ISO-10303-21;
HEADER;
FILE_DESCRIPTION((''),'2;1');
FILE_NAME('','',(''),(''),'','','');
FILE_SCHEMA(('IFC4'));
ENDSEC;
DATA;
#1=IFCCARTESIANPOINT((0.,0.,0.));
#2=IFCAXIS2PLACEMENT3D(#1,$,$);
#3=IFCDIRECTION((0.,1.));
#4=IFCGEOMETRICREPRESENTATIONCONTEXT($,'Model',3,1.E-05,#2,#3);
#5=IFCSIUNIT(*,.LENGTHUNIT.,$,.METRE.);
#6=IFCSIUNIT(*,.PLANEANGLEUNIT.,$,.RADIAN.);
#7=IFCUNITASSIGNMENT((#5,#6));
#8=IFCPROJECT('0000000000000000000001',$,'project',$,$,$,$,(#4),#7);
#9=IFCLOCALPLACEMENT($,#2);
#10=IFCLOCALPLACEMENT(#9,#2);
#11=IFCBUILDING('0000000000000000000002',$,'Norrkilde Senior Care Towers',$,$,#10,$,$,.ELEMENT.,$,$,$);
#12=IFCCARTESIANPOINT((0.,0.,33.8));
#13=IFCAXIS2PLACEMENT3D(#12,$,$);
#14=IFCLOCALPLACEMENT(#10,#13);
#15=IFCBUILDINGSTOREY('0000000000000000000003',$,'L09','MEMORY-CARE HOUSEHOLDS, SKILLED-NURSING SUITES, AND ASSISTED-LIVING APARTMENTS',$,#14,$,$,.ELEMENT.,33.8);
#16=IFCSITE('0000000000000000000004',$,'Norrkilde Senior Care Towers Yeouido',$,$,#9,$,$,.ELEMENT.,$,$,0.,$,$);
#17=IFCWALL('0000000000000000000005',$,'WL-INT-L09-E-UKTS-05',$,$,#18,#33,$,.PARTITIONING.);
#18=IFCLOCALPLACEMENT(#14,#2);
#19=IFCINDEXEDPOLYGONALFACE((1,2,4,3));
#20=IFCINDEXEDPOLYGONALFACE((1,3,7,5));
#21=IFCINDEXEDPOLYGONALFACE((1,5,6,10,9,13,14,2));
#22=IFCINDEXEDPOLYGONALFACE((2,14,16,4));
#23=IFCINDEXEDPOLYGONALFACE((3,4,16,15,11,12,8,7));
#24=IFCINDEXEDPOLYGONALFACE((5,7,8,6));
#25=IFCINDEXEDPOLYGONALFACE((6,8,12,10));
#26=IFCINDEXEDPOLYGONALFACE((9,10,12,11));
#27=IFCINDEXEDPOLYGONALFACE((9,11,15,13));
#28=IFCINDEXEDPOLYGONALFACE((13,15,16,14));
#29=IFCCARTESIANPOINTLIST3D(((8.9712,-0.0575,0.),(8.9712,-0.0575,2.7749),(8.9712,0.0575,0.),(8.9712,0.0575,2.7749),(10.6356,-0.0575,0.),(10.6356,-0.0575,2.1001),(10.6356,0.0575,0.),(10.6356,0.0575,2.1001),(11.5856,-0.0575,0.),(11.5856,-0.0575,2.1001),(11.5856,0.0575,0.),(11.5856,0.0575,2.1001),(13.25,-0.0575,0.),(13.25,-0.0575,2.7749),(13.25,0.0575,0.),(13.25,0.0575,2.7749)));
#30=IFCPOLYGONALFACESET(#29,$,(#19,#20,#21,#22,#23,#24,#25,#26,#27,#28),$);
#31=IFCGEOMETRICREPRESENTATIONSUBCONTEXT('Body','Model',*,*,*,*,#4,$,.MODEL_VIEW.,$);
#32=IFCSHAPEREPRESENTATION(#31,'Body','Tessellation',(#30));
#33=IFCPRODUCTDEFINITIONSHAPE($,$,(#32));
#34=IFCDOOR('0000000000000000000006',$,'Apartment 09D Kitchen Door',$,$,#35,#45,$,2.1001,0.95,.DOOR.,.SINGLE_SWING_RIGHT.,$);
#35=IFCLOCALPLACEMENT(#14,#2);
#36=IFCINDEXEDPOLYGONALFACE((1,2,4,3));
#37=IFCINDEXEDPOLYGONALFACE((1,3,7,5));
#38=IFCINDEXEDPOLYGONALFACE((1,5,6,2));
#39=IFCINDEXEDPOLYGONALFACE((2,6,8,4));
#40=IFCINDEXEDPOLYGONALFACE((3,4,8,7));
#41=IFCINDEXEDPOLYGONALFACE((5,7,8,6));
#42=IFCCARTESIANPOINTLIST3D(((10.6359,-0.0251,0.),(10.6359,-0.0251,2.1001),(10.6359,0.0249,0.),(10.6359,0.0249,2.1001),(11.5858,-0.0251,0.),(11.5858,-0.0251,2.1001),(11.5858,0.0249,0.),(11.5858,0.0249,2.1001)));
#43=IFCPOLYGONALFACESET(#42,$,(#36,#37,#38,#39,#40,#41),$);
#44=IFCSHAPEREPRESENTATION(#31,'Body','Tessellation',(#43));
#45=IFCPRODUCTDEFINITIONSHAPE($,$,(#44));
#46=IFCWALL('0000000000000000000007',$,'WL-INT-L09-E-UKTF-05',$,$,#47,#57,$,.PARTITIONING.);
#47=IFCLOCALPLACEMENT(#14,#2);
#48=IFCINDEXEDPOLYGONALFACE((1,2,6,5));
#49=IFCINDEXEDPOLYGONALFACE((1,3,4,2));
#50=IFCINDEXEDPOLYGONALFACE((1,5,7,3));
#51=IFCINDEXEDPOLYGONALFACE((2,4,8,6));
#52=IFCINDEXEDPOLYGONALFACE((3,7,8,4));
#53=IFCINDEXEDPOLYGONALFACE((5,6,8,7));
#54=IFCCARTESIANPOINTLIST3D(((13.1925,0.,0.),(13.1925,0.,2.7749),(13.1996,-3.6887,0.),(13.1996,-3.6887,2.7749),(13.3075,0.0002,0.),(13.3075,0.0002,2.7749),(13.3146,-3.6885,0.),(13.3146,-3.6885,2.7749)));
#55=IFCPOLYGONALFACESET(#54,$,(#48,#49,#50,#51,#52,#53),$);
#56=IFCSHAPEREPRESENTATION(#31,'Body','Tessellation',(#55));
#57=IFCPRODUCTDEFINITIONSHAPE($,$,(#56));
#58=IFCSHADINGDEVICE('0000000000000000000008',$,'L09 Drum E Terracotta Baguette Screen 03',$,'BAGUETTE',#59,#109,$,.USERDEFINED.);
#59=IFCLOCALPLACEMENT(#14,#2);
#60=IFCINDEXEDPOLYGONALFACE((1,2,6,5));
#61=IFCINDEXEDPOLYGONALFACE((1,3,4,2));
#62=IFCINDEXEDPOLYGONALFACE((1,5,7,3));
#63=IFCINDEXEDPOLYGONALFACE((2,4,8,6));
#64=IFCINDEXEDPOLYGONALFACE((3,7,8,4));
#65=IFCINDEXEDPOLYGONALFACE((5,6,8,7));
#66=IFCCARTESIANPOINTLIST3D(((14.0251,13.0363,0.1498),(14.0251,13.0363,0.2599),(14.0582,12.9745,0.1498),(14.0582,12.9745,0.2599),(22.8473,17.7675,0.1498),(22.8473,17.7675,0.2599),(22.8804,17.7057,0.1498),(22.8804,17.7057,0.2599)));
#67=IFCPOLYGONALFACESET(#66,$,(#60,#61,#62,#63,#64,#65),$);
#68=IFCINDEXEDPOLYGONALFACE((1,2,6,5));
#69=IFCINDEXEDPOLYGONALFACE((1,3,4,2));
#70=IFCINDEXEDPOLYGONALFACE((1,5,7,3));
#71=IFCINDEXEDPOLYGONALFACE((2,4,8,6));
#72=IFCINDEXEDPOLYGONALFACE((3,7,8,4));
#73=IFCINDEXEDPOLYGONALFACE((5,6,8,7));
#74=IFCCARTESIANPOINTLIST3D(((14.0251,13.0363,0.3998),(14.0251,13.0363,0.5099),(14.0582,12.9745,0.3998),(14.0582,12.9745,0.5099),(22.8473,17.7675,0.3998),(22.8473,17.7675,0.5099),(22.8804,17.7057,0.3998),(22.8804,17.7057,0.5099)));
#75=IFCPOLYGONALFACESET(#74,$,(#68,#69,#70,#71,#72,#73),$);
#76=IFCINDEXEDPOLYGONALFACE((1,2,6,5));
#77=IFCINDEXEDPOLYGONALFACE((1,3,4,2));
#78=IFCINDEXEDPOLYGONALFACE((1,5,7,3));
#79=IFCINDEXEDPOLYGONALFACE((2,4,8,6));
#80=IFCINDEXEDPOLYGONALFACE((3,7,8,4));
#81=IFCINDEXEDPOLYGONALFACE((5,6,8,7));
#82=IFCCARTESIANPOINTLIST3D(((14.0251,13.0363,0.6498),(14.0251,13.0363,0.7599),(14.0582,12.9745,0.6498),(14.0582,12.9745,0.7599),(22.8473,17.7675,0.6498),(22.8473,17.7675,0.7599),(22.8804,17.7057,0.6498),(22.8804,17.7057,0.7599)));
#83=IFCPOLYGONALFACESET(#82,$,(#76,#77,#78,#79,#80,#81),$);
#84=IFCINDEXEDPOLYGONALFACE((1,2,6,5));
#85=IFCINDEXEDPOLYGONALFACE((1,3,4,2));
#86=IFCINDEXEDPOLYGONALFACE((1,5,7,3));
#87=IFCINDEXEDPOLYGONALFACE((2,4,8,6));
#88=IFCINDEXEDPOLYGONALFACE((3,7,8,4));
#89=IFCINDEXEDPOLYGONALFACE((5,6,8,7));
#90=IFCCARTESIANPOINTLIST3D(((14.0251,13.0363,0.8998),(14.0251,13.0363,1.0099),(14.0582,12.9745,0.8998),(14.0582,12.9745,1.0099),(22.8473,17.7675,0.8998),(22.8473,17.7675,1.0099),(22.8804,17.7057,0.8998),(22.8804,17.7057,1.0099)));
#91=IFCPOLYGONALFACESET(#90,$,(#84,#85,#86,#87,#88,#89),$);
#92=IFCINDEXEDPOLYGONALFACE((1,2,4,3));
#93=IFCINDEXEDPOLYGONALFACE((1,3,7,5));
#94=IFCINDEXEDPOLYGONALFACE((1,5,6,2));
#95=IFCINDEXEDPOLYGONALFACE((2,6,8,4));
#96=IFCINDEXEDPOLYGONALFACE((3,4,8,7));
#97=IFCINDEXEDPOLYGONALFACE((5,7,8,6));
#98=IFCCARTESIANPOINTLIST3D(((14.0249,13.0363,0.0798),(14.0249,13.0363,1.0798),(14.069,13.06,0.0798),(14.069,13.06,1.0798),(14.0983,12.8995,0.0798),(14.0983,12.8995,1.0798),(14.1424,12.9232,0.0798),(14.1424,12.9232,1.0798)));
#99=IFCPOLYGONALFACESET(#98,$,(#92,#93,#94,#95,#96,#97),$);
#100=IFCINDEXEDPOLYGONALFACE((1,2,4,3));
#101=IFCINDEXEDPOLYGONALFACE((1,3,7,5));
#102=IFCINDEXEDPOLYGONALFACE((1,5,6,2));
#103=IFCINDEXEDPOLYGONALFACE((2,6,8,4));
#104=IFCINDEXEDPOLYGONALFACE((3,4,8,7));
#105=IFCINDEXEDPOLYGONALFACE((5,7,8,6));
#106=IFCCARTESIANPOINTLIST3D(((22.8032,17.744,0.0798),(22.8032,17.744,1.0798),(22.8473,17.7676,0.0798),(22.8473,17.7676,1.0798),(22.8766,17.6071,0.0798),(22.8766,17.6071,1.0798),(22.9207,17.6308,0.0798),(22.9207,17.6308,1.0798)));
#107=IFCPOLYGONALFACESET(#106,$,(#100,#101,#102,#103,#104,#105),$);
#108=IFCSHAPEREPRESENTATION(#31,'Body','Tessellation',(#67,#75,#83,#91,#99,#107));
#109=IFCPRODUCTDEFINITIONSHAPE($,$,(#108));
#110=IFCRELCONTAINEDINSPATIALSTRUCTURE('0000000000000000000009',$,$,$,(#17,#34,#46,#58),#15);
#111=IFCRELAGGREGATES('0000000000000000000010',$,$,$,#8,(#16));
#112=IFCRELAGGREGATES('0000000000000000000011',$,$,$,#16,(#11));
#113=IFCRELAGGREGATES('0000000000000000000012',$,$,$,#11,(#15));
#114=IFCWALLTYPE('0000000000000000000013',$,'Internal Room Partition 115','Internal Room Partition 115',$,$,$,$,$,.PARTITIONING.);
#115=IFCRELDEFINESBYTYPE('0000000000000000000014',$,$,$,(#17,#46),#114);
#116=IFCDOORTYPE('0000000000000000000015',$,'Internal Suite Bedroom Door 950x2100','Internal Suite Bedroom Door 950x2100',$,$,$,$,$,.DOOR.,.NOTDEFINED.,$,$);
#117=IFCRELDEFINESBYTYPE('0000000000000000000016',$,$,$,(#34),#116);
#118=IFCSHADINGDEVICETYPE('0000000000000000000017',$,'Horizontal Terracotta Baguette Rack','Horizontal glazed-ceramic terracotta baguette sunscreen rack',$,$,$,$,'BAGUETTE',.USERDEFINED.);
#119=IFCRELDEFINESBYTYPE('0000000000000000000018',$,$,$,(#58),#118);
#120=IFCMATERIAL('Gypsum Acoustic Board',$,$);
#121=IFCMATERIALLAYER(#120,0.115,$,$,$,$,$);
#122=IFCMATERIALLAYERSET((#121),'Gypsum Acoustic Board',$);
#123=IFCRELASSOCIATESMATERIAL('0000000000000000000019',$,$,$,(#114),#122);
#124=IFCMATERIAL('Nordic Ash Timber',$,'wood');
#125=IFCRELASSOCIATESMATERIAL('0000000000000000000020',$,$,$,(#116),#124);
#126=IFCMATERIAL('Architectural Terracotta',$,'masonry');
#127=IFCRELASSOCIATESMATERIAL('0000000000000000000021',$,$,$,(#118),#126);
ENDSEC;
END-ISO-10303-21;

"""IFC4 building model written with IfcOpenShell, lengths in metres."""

from ifc_helpers import new_model, si_unit, direction, frame, frame_2d, origin, origin_2d, place, context, subcontext, project, spatial, rectangle, extrude, source, transform, mapped, material, layer, layer_set, type_object, type_shapes, element, fill, save


model = new_model("IFC4")

# Units and contexts
model_context = context("Model", 3, precision=1e-05, world=origin(), true_north=direction((0.0, 1.0)))
body_context = subcontext(model_context, "Body", "Model", "MODEL_VIEW")
ifc_project = project(units=[si_unit("LENGTHUNIT", "METRE"), si_unit("PLANEANGLEUNIT", "RADIAN")], contexts=[model_context])

# Site, building, storey
site_placement = place(None, origin())
site = spatial("IfcSite", under=ifc_project, at=site_placement, Name="Norrkilde Senior Care Towers Yeouido", CompositionType="ELEMENT", RefElevation=0.0)
building_placement = place(site_placement, origin())
building = spatial("IfcBuilding", under=site, at=building_placement, Name="Norrkilde Senior Care Towers", CompositionType="ELEMENT")
storey_placement = place(building_placement, frame((0.0, 0.0, 33.8)))
storey = spatial("IfcBuildingStorey", under=building, at=storey_placement, Name="L09", Description="MEMORY-CARE HOUSEHOLDS, SKILLED-NURSING SUITES, AND ASSISTED-LIVING APARTMENTS", CompositionType="ELEMENT", Elevation=33.8)

# Shared definitions
ifc_material_1 = material(Name="Gypsum Acoustic Board")
ifc_material_2 = material(Name="Nordic Ash Timber", Category="wood")

# Wall, opening, door
ifc_layer_1 = layer(ifc_material_1, 0.115)
ifc_layer_set_1 = layer_set([ifc_layer_1], Name="Gypsum Acoustic Board")
wall_type_1 = type_object("IfcWallType", Name="Internal Room Partition 115", Description="Internal Room Partition 115", PredefinedType="PARTITIONING", material=ifc_layer_set_1)
shared_shape_1 = source(origin(), body_context, "Body", "SweptSolid", [
    extrude(rectangle(XDim=4.2788, YDim=0.115, at=frame_2d((2.1394, 0.0))), origin(), (0.0, 0.0, 1.0), 2.7749),
])
wall_1_placement = place(storey_placement, frame((13.25, 0.0, 0.0), z_axis=(0.0, 0.0, 1.0), x_axis=(-1.0, 0.0, 0.0)))
wall_1 = element("IfcWall", 1, at=wall_1_placement, inside=storey, type_object=wall_type_1, Name="WL-INT-L09-E-UKTS-05", PredefinedType="PARTITIONING", context=body_context, shape_type="MappedRepresentation", body=[
    mapped(shared_shape_1, transform((0.0, 0.0, 0.0), x_axis=(1.0, 0.0, 0.0), y_axis=(0.0, 1.0, 0.0), z_axis=(0.0, 0.0, 1.0), scale=1.0)),
])
opening_1_placement = place(wall_1_placement, frame((1.6643, 0.0, 0.0)))
opening_1 = element("IfcOpeningElement", 2, at=opening_1_placement, cuts=wall_1, PredefinedType="OPENING", context=body_context, shape_type="SweptSolid", body=[
    extrude(rectangle(XDim=0.95, YDim=2.1001, at=frame_2d((0.4751, 1.05))), frame((0.0, 0.0674, 0.0), z_axis=(0.0, -1.0, 0.0), x_axis=(1.0, 0.0, 0.0)), (0.0, 0.0, 1.0), 0.135),
])
door_type_1 = type_object("IfcDoorType", Name="Internal Suite Bedroom Door 950x2100", Description="Internal Suite Bedroom Door 950x2100", OperationType="NOTDEFINED", PredefinedType="DOOR", material=ifc_material_2)
shared_shape_2 = source(origin(), body_context, "Body", "SweptSolid", [
    extrude(rectangle(XDim=0.95, YDim=2.1001, at=frame_2d((0.4751, 1.05))), frame((0.0, 0.0249, 0.0), z_axis=(0.0, -1.0, 0.0), x_axis=(1.0, 0.0, 0.0)), (0.0, 0.0, 1.0), 0.05),
])
type_shapes(door_type_1, [shared_shape_2])
door_1_placement = place(opening_1_placement, frame((0.95, 0.0, 0.0), z_axis=(0.0, 0.0, 1.0), x_axis=(-1.0, 0.0, 0.0)))
door_1 = element("IfcDoor", 3, at=door_1_placement, inside=storey, type_object=door_type_1, Name="Apartment 09D Kitchen Door", OperationType="SINGLE_SWING_RIGHT", OverallHeight=2.1001, OverallWidth=0.95, PredefinedType="DOOR", context=body_context, shape_type="MappedRepresentation", body=[
    mapped(shared_shape_2, transform((0.0, 0.0, 0.0), x_axis=(1.0, 0.0, 0.0), y_axis=(0.0, 1.0, 0.0), z_axis=(0.0, 0.0, 1.0), scale=1.0)),
])
fill(opening_1, door_1)

# Wall
shared_shape_3 = source(origin(), body_context, "Body", "SweptSolid", [
    extrude(rectangle(XDim=3.6887, YDim=0.115, at=frame_2d((1.8442, 0.0))), origin(), (0.0, 0.0, 1.0), 2.7749),
])
type_shapes(wall_type_1, [shared_shape_1, shared_shape_3])
wall_2_placement = place(storey_placement, frame((13.25, 0.0, 0.0), z_axis=(0.0, 0.0, 1.0), x_axis=(0.001919, -0.999998, 0.0)))
element("IfcWall", 4, at=wall_2_placement, inside=storey, type_object=wall_type_1, Name="WL-INT-L09-E-UKTF-05", PredefinedType="PARTITIONING", context=body_context, shape_type="MappedRepresentation", body=[
    mapped(shared_shape_3, transform((0.0, 0.0, 0.0), x_axis=(1.0, 0.0, 0.0), y_axis=(0.0, 1.0, 0.0), z_axis=(0.0, 0.0, 1.0), scale=1.0)),
])

# Shading device
ifc_material_3 = material(Name="Architectural Terracotta", Category="masonry")
shading_device_type = type_object("IfcShadingDeviceType", Name="Horizontal Terracotta Baguette Rack", Description="Horizontal glazed-ceramic terracotta baguette sunscreen rack", ElementType="BAGUETTE", PredefinedType="USERDEFINED", material=ifc_material_3)
shared_shape_4 = source(origin(), body_context, "Body", "SweptSolid", [
    extrude(rectangle(XDim=0.0701, YDim=0.1101, at=origin_2d()), frame((0.0, 0.0901, 0.125), z_axis=(1.0, 0.0, 0.0), x_axis=(0.0, 1.0, 0.0)), (0.0, 0.0, 1.0), 10.0107),
    extrude(rectangle(XDim=0.0701, YDim=0.1101, at=origin_2d()), frame((0.0, 0.0901, 0.375), z_axis=(1.0, 0.0, 0.0), x_axis=(0.0, 1.0, 0.0)), (0.0, 0.0, 1.0), 10.0107),
    extrude(rectangle(XDim=0.0701, YDim=0.1101, at=origin_2d()), frame((0.0, 0.0901, 0.625), z_axis=(1.0, 0.0, 0.0), x_axis=(0.0, 1.0, 0.0)), (0.0, 0.0, 1.0), 10.0107),
    extrude(rectangle(XDim=0.0701, YDim=0.1101, at=origin_2d()), frame((0.0, 0.0901, 0.875), z_axis=(1.0, 0.0, 0.0), x_axis=(0.0, 1.0, 0.0)), (0.0, 0.0, 1.0), 10.0107),
    extrude(rectangle(XDim=0.05, YDim=0.1553, at=origin_2d()), frame((0.0249, 0.0476, 0.0)), (0.0, 0.0, 1.0), 1.0),
    extrude(rectangle(XDim=0.05, YDim=0.1553, at=origin_2d()), frame((9.9858, 0.0476, 0.0)), (0.0, 0.0, 1.0), 1.0),
])
type_shapes(shading_device_type, [shared_shape_4])
shading_device_placement = place(storey_placement, frame((14.0842, 12.926, 0.0798), z_axis=(0.0, 0.0, 1.0), x_axis=(0.88128, 0.472612, 0.0)))
element("IfcShadingDevice", 5, at=shading_device_placement, inside=storey, type_object=shading_device_type, Name="L09 Drum E Terracotta Baguette Screen 03", ObjectType="BAGUETTE", PredefinedType="USERDEFINED", context=body_context, shape_type="MappedRepresentation", body=[
    mapped(shared_shape_4, transform((0.0, 0.0, 0.0), x_axis=(1.0, 0.0, 0.0), y_axis=(0.0, 1.0, 0.0), z_axis=(0.0, 0.0, 1.0), scale=1.0)),
])

save(model, "model.ifc")
